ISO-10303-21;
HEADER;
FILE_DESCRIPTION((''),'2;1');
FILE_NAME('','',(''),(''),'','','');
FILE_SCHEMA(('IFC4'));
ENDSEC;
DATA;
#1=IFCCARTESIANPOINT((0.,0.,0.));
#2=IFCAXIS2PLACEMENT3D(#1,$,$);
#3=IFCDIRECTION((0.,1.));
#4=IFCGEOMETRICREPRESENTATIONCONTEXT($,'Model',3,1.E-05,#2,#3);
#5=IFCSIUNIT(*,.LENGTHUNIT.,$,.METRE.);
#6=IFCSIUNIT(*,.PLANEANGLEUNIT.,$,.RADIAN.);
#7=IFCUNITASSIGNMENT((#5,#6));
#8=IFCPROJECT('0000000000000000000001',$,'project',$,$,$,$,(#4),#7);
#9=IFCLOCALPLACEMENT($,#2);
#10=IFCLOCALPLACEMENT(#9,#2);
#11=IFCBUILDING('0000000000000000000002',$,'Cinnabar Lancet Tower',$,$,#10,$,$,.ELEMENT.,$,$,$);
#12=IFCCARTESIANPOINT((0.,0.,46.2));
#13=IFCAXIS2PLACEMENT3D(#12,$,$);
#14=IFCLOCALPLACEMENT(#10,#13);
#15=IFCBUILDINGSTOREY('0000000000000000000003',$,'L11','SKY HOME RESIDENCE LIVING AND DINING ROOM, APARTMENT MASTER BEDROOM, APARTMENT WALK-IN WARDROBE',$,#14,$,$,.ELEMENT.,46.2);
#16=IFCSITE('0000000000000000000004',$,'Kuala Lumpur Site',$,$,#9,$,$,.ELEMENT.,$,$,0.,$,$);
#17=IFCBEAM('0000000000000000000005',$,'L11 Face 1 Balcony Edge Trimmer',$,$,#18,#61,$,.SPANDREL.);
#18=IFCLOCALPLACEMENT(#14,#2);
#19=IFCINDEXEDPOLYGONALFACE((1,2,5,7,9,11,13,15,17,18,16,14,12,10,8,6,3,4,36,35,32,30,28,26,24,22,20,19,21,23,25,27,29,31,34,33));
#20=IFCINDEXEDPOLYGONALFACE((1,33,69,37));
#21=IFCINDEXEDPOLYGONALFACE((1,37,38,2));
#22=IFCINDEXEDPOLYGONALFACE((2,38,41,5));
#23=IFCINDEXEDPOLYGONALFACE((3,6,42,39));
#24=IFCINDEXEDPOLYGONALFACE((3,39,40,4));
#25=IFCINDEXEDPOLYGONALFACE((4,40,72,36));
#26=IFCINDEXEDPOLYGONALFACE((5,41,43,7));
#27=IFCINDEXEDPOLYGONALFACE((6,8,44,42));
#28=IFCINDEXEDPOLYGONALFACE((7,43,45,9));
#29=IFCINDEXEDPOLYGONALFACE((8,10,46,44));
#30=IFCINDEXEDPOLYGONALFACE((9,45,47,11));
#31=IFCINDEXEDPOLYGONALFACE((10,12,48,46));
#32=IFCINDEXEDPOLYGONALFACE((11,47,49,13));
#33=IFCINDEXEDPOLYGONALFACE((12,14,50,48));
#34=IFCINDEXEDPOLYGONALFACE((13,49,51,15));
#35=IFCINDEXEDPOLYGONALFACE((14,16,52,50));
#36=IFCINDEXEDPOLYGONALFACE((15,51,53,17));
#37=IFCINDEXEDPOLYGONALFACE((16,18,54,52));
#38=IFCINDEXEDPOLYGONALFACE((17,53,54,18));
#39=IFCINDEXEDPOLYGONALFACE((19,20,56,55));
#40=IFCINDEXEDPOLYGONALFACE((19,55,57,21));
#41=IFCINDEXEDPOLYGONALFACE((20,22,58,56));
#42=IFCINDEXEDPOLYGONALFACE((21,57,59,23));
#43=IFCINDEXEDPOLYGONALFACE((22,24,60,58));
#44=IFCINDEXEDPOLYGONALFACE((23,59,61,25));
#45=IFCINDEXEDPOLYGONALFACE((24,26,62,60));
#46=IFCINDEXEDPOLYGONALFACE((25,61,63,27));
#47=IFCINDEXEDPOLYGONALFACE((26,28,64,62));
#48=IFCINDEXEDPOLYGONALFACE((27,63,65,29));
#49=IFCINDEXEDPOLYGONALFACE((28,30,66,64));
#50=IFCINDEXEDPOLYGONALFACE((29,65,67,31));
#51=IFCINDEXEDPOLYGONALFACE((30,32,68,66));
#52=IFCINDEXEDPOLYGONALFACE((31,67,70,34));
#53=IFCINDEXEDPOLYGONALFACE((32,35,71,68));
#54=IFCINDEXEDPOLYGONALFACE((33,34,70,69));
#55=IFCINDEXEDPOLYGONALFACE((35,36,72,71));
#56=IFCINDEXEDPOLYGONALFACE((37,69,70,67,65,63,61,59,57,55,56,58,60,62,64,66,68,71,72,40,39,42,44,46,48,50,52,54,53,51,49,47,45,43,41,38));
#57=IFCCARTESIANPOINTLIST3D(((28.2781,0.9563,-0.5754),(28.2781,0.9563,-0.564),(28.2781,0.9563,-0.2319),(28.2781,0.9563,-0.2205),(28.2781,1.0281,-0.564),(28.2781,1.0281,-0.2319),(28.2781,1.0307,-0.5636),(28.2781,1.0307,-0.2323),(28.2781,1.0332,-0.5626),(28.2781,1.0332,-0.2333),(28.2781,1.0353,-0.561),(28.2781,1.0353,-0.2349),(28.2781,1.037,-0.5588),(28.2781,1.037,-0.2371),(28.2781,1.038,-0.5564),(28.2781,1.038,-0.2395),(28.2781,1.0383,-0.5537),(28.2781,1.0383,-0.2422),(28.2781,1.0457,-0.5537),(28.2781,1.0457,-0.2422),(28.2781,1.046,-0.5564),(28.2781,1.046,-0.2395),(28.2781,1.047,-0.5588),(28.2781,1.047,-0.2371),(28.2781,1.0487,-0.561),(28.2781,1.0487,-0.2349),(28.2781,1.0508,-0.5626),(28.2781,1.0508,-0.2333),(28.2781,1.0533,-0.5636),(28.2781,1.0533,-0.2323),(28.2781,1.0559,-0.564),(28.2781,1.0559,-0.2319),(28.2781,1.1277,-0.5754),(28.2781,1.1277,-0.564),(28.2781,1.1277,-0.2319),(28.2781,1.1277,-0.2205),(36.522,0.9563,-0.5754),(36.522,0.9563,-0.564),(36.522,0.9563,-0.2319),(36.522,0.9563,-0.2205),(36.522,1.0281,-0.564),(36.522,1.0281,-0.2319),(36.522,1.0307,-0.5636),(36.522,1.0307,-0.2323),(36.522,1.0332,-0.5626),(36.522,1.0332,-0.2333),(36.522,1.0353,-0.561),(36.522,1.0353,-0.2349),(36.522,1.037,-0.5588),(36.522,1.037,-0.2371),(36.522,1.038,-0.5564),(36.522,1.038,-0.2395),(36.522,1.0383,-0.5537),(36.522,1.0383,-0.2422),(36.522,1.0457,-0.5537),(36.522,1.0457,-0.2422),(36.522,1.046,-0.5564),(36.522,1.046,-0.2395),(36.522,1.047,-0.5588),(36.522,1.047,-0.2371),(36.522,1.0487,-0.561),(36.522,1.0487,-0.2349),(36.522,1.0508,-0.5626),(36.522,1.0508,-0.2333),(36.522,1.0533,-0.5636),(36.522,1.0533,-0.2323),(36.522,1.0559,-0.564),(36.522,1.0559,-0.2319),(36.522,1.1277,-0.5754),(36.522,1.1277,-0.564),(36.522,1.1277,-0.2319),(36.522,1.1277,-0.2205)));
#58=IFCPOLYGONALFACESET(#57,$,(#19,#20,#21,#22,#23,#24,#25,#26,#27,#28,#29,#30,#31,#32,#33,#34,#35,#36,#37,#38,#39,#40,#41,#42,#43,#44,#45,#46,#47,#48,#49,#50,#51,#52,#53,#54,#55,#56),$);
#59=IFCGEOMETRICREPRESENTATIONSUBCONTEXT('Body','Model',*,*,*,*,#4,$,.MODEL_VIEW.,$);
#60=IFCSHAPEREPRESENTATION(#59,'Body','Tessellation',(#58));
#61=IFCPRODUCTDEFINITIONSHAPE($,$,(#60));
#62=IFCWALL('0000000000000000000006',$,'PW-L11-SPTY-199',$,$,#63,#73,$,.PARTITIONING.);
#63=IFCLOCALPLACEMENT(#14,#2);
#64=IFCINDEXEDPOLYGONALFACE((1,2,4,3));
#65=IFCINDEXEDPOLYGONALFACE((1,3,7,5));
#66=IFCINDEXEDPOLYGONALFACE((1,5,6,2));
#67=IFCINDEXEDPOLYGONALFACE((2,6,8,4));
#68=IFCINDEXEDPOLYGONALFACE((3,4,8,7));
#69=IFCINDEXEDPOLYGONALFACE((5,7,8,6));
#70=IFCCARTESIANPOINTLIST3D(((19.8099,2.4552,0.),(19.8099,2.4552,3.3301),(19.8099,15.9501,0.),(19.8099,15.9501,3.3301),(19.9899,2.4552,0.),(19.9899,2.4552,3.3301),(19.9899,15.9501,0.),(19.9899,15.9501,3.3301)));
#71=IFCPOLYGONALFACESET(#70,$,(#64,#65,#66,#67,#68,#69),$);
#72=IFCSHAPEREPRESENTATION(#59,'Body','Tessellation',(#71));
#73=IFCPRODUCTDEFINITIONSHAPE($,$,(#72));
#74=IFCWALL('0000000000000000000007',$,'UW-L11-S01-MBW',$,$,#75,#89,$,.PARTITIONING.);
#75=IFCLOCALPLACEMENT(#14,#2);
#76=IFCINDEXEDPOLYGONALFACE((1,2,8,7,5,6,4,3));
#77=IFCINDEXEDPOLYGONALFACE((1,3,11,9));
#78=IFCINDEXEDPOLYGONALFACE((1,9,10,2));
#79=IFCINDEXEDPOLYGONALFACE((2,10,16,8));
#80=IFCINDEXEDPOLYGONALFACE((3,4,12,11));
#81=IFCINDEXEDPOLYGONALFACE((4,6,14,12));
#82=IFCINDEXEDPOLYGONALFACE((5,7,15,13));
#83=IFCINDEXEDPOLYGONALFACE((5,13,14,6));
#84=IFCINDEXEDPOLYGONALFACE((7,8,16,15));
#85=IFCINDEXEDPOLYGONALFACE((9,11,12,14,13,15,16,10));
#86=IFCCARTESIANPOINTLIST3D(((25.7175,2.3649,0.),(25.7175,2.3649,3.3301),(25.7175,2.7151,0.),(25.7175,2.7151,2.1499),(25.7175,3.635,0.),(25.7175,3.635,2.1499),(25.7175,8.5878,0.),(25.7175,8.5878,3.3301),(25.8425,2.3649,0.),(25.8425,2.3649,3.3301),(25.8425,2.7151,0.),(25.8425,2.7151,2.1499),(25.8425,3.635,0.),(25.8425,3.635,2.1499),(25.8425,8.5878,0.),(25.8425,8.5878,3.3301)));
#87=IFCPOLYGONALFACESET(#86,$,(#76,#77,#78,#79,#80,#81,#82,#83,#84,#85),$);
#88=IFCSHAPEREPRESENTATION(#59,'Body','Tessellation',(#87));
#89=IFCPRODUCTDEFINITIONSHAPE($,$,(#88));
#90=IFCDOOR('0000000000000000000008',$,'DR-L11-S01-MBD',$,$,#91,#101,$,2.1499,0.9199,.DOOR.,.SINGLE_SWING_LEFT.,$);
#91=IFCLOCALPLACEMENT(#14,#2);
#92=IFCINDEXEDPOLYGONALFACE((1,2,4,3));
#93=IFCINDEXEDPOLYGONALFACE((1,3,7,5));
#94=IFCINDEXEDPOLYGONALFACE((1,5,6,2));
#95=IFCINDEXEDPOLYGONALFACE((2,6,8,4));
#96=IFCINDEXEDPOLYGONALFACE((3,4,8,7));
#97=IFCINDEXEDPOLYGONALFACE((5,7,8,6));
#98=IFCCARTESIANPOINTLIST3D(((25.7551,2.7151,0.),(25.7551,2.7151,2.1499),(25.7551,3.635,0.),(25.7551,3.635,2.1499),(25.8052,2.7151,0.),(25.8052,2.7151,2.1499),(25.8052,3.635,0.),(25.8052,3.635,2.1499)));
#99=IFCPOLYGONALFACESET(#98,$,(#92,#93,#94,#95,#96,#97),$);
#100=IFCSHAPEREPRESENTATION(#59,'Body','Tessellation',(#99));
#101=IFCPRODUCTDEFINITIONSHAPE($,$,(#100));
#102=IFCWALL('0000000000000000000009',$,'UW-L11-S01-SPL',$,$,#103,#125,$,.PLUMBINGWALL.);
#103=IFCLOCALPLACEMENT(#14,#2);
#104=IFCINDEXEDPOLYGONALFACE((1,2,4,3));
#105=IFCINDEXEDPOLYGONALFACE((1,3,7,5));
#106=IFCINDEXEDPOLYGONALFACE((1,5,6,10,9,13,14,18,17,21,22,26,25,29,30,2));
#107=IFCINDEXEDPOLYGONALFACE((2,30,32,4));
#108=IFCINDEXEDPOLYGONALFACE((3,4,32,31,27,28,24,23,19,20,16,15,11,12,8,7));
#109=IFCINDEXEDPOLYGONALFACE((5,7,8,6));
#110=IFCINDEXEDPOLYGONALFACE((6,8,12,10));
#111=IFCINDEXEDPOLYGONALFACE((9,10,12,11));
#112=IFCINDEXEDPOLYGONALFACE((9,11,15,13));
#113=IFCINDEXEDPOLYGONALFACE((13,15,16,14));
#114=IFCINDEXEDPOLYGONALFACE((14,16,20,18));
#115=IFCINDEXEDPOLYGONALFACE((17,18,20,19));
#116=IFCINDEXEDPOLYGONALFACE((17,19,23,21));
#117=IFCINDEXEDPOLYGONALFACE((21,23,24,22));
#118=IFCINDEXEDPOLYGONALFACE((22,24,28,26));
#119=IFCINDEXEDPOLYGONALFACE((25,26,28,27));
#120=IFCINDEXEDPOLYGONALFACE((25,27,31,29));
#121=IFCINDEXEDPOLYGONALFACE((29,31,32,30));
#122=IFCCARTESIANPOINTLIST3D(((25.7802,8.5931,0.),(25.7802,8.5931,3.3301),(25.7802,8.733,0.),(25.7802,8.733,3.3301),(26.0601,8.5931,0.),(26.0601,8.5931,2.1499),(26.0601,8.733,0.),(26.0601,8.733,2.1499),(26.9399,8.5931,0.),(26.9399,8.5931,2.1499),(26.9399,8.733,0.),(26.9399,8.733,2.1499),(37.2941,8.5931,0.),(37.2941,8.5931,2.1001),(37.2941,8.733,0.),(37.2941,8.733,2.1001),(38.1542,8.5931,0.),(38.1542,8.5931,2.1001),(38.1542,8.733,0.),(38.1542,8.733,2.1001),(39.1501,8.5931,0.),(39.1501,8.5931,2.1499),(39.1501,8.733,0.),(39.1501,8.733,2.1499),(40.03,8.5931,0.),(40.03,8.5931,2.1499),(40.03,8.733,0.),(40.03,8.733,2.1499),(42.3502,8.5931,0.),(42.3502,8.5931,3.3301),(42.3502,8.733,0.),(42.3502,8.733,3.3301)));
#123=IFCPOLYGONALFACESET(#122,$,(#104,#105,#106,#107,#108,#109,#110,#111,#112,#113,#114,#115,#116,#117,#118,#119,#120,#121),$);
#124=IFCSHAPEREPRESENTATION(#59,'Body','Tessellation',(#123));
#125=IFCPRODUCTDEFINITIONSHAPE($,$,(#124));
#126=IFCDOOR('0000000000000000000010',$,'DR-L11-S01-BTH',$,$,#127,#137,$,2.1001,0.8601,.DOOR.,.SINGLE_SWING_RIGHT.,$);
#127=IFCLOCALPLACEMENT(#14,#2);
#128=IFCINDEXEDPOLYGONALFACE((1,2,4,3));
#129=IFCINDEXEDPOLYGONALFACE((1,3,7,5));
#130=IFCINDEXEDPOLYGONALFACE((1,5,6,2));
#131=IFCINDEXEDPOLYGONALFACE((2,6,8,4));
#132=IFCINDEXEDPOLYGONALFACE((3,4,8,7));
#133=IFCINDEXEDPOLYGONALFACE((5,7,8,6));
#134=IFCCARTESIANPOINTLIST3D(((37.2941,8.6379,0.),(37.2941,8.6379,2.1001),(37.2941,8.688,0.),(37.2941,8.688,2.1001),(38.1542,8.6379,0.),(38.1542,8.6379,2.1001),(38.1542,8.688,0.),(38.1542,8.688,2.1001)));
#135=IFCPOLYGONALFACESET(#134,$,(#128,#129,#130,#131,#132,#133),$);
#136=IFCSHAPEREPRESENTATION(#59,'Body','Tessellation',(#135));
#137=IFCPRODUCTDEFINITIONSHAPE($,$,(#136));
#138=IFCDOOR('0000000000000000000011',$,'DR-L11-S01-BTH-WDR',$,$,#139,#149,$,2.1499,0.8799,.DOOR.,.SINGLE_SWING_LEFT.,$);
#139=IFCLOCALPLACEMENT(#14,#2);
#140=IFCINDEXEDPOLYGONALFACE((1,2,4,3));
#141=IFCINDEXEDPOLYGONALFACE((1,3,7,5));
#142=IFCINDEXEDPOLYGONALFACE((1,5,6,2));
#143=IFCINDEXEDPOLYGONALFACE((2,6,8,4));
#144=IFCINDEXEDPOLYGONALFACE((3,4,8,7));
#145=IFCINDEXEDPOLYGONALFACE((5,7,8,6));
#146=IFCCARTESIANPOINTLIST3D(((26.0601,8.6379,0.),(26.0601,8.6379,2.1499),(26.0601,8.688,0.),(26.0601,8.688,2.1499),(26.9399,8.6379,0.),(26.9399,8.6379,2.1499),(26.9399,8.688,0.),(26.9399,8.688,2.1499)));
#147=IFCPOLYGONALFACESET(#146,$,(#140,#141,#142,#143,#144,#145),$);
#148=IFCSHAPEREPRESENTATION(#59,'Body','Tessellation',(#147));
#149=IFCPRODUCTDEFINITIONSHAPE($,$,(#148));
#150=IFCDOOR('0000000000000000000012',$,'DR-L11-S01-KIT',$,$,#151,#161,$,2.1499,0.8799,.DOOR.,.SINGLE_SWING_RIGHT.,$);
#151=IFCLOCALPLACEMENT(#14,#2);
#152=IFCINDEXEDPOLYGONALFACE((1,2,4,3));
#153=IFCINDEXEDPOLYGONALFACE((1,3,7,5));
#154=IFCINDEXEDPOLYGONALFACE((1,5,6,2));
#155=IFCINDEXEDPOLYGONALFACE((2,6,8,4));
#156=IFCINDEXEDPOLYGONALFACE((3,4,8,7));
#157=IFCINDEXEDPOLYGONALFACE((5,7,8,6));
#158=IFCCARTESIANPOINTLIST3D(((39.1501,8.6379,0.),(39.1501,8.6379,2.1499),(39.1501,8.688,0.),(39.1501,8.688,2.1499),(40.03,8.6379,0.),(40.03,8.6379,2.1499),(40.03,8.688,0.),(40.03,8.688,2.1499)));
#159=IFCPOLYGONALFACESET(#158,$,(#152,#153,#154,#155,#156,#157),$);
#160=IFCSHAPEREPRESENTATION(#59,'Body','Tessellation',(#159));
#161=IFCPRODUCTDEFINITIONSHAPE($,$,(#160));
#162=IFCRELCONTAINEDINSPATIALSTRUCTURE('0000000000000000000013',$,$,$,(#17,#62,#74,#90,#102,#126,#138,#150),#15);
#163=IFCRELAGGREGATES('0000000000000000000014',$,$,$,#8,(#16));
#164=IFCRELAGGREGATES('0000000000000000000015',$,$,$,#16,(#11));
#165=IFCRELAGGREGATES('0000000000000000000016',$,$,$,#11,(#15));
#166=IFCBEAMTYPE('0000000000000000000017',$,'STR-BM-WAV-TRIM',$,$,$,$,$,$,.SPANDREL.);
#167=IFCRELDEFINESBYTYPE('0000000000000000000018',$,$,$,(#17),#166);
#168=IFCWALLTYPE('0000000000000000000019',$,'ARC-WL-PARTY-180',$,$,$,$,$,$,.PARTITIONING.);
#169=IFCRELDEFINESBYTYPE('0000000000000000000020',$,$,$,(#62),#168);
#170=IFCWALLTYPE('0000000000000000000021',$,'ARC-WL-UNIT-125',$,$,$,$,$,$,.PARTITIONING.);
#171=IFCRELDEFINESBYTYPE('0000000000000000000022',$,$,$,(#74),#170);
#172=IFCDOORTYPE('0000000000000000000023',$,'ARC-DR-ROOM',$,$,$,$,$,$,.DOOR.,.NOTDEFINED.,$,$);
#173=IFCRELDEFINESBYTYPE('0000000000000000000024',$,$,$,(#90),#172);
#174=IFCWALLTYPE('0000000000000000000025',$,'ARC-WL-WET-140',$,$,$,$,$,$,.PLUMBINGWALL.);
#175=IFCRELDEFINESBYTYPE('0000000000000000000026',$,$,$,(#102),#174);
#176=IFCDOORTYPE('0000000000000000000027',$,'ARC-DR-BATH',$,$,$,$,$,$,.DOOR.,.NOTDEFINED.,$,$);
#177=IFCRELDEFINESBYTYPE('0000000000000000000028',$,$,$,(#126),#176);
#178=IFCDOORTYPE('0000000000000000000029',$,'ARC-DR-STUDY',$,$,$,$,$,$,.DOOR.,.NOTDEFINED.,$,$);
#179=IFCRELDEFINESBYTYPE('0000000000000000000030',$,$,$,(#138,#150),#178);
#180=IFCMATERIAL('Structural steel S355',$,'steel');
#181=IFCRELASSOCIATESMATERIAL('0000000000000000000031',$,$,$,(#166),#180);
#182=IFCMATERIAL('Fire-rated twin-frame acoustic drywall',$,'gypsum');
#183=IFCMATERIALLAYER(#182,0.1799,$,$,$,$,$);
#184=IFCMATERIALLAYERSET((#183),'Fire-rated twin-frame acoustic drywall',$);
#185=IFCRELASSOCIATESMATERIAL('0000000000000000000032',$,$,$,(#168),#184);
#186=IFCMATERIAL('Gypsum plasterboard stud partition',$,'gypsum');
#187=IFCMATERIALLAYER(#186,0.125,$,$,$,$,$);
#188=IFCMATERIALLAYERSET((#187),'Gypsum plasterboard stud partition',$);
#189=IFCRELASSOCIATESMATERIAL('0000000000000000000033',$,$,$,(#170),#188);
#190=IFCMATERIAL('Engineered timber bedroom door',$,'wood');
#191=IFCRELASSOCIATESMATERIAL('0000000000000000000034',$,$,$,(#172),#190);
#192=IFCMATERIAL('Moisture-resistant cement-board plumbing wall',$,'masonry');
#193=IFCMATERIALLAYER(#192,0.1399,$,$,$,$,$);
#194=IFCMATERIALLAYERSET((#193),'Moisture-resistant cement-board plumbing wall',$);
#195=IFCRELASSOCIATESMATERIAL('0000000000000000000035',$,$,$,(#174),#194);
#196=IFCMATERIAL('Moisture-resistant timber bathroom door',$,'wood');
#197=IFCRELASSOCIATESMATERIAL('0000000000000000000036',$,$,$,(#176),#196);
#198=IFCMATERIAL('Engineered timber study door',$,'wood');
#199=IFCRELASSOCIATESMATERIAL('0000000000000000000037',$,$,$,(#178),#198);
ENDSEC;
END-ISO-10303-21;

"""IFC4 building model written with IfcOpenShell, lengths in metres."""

from ifc_helpers import new_model, si_unit, direction, frame, frame_2d, origin, origin_2d, place, context, subcontext, project, spatial, rectangle, i_section, extrude, material, layer, layer_set, material_profile, profile_set, type_object, element, fill, save


model = new_model("IFC4")

# Units and contexts
model_context = context("Model", 3, precision=1e-05, world=origin(), true_north=direction((0.0, 1.0)))
body_context = subcontext(model_context, "Body", "Model", "MODEL_VIEW")
ifc_project = project(units=[si_unit("LENGTHUNIT", "METRE"), si_unit("PLANEANGLEUNIT", "RADIAN")], contexts=[model_context])

# Site, building, storey
site_placement = place(None, origin())
site = spatial("IfcSite", under=ifc_project, at=site_placement, Name="Kuala Lumpur Site", CompositionType="ELEMENT", RefElevation=0.0)
building_placement = place(site_placement, origin())
building = spatial("IfcBuilding", under=site, at=building_placement, Name="Cinnabar Lancet Tower", CompositionType="ELEMENT")
storey_placement = place(building_placement, frame((0.0, 0.0, 46.2)))
storey = spatial("IfcBuildingStorey", under=building, at=storey_placement, Name="L11", Description="SKY HOME RESIDENCE LIVING AND DINING ROOM, APARTMENT MASTER BEDROOM, APARTMENT WALK-IN WARDROBE", CompositionType="ELEMENT", Elevation=46.2)

# Beam
ifc_material_1 = material(Name="Structural steel S355", Category="steel")
ifc_material_profile_1 = material_profile(ifc_material_1, i_section(OverallWidth=0.1714, OverallDepth=0.355, WebThickness=0.0073, FlangeThickness=0.0115, FilletRadius=0.0103, at=origin_2d()), Name="UKB 356x171x51")
ifc_profile_set_1 = profile_set([ifc_material_profile_1], Name="Structural steel S355")
beam_type_1 = type_object("IfcBeamType", Name="STR-BM-WAV-TRIM", PredefinedType="SPANDREL", material=ifc_profile_set_1)
beam_1_placement = place(storey_placement, frame((28.2781, 1.042, -0.3979), z_axis=(1.0, 0.0, 0.0), x_axis=(0.0, 1.0, 0.0)))
element("IfcBeam", 1, at=beam_1_placement, inside=storey, type_object=beam_type_1, Name="L11 Face 1 Balcony Edge Trimmer", PredefinedType="SPANDREL", context=body_context, shape_type="SweptSolid", body=[
    extrude(i_section(OverallWidth=0.1714, OverallDepth=0.355, WebThickness=0.0073, FlangeThickness=0.0115, FilletRadius=0.0103, at=origin_2d()), origin(), (0.0, 0.0, 1.0), 8.2439),
])

# Wall
ifc_material_2 = material(Name="Fire-rated twin-frame acoustic drywall", Category="gypsum")
ifc_layer_1 = layer(ifc_material_2, 0.1799)
ifc_layer_set_1 = layer_set([ifc_layer_1], Name="Fire-rated twin-frame acoustic drywall")
wall_type_1 = type_object("IfcWallType", Name="ARC-WL-PARTY-180", PredefinedType="PARTITIONING", material=ifc_layer_set_1)
wall_1_placement = place(storey_placement, frame((19.8999, 2.4551, 0.0), z_axis=(0.0, 0.0, 1.0), x_axis=(0.0, 1.0, 0.0)))
element("IfcWall", 2, at=wall_1_placement, inside=storey, type_object=wall_type_1, Name="PW-L11-SPTY-199", PredefinedType="PARTITIONING", context=body_context, shape_type="SweptSolid", body=[
    extrude(rectangle(XDim=13.4949, YDim=0.1799, at=frame_2d((6.7476, 0.0))), origin(), (0.0, 0.0, 1.0), 3.3301),
])

# Wall, opening, door
ifc_material_3 = material(Name="Gypsum plasterboard stud partition", Category="gypsum")
ifc_layer_2 = layer(ifc_material_3, 0.125)
ifc_layer_set_2 = layer_set([ifc_layer_2], Name="Gypsum plasterboard stud partition")
wall_type_2 = type_object("IfcWallType", Name="ARC-WL-UNIT-125", PredefinedType="PARTITIONING", material=ifc_layer_set_2)
wall_2_placement = place(storey_placement, frame((25.78, 2.365, 0.0), z_axis=(0.0, 0.0, 1.0), x_axis=(0.0, 1.0, 0.0)))
wall_2 = element("IfcWall", 3, at=wall_2_placement, inside=storey, type_object=wall_type_2, Name="UW-L11-S01-MBW", PredefinedType="PARTITIONING", context=body_context, shape_type="SweptSolid", body=[
    extrude(rectangle(XDim=6.2229, YDim=0.125, at=frame_2d((3.1113, 0.0))), origin(), (0.0, 0.0, 1.0), 3.3301),
])
opening_1_placement = place(wall_2_placement, frame((0.3501, 0.0, 0.0)))
opening_1 = element("IfcOpeningElement", 4, at=opening_1_placement, cuts=wall_2, PredefinedType="OPENING", context=body_context, shape_type="SweptSolid", body=[
    extrude(rectangle(XDim=0.9199, YDim=2.1499, at=frame_2d((0.46, 1.075))), frame((0.0, 0.0725, 0.0), z_axis=(0.0, -1.0, 0.0), x_axis=(1.0, 0.0, 0.0)), (0.0, 0.0, 1.0), 0.145),
])
ifc_material_4 = material(Name="Engineered timber bedroom door", Category="wood")
door_type_1 = type_object("IfcDoorType", Name="ARC-DR-ROOM", OperationType="NOTDEFINED", PredefinedType="DOOR", material=ifc_material_4)
door_1_placement = place(opening_1_placement, origin())
door_1 = element("IfcDoor", 5, at=door_1_placement, inside=storey, type_object=door_type_1, Name="DR-L11-S01-MBD", OperationType="SINGLE_SWING_LEFT", OverallHeight=2.1499, OverallWidth=0.9199, PredefinedType="DOOR", context=body_context, shape_type="SweptSolid", body=[
    extrude(rectangle(XDim=0.9199, YDim=2.1499, at=frame_2d((0.46, 1.075))), frame((0.0, 0.0249, 0.0), z_axis=(0.0, -1.0, 0.0), x_axis=(1.0, 0.0, 0.0)), (0.0, 0.0, 1.0), 0.05),
])
fill(opening_1, door_1)

# Wall, openings, doors
ifc_material_5 = material(Name="Moisture-resistant cement-board plumbing wall", Category="masonry")
ifc_layer_3 = layer(ifc_material_5, 0.1399)
ifc_layer_set_3 = layer_set([ifc_layer_3], Name="Moisture-resistant cement-board plumbing wall")
wall_type_3 = type_object("IfcWallType", Name="ARC-WL-WET-140", PredefinedType="PLUMBINGWALL", material=ifc_layer_set_3)
wall_3_placement = place(storey_placement, frame((25.78, 8.6631, 0.0), z_axis=(0.0, 0.0, 1.0), x_axis=(1.0, 0.0, 0.0)))
wall_3 = element("IfcWall", 6, at=wall_3_placement, inside=storey, type_object=wall_type_3, Name="UW-L11-S01-SPL", PredefinedType="PLUMBINGWALL", context=body_context, shape_type="SweptSolid", body=[
    extrude(rectangle(XDim=16.5701, YDim=0.1399, at=frame_2d((8.2852, 0.0))), origin(), (0.0, 0.0, 1.0), 3.3301),
])
opening_2_placement = place(wall_3_placement, frame((0.28, 0.0, 0.0)))
opening_2 = element("IfcOpeningElement", 7, at=opening_2_placement, cuts=wall_3, PredefinedType="OPENING", context=body_context, shape_type="SweptSolid", body=[
    extrude(rectangle(XDim=0.8799, YDim=2.1499, at=frame_2d((0.4399, 1.075))), frame((0.0, 0.0798, 0.0), z_axis=(0.0, -1.0, 0.0), x_axis=(1.0, 0.0, 0.0)), (0.0, 0.0, 1.0), 0.1599),
])
opening_3_placement = place(wall_3_placement, frame((11.5139, 0.0, 0.0)))
opening_3 = element("IfcOpeningElement", 8, at=opening_3_placement, cuts=wall_3, PredefinedType="OPENING", context=body_context, shape_type="SweptSolid", body=[
    extrude(rectangle(XDim=0.8601, YDim=2.1001, at=frame_2d((0.4302, 1.05))), frame((0.0, 0.0798, 0.0), z_axis=(0.0, -1.0, 0.0), x_axis=(1.0, 0.0, 0.0)), (0.0, 0.0, 1.0), 0.1599),
])
opening_4_placement = place(wall_3_placement, frame((13.3701, 0.0, 0.0)))
opening_4 = element("IfcOpeningElement", 9, at=opening_4_placement, cuts=wall_3, PredefinedType="OPENING", context=body_context, shape_type="SweptSolid", body=[
    extrude(rectangle(XDim=0.8799, YDim=2.1499, at=frame_2d((0.4399, 1.075))), frame((0.0, 0.0798, 0.0), z_axis=(0.0, -1.0, 0.0), x_axis=(1.0, 0.0, 0.0)), (0.0, 0.0, 1.0), 0.1599),
])
ifc_material_6 = material(Name="Moisture-resistant timber bathroom door", Category="wood")
door_type_2 = type_object("IfcDoorType", Name="ARC-DR-BATH", OperationType="NOTDEFINED", PredefinedType="DOOR", material=ifc_material_6)
door_2_placement = place(opening_3_placement, origin())
door_2 = element("IfcDoor", 10, at=door_2_placement, inside=storey, type_object=door_type_2, Name="DR-L11-S01-BTH", OperationType="SINGLE_SWING_RIGHT", OverallHeight=2.1001, OverallWidth=0.8601, PredefinedType="DOOR", context=body_context, shape_type="SweptSolid", body=[
    extrude(rectangle(XDim=0.8601, YDim=2.1001, at=frame_2d((0.4302, 1.05))), frame((0.0, 0.0249, 0.0), z_axis=(0.0, -1.0, 0.0), x_axis=(1.0, 0.0, 0.0)), (0.0, 0.0, 1.0), 0.05),
])
fill(opening_3, door_2)
ifc_material_7 = material(Name="Engineered timber study door", Category="wood")
door_type_3 = type_object("IfcDoorType", Name="ARC-DR-STUDY", OperationType="NOTDEFINED", PredefinedType="DOOR", material=ifc_material_7)
door_3_placement = place(opening_2_placement, origin())
door_3 = element("IfcDoor", 11, at=door_3_placement, inside=storey, type_object=door_type_3, Name="DR-L11-S01-BTH-WDR", OperationType="SINGLE_SWING_LEFT", OverallHeight=2.1499, OverallWidth=0.8799, PredefinedType="DOOR", context=body_context, shape_type="SweptSolid", body=[
    extrude(rectangle(XDim=0.8799, YDim=2.1499, at=frame_2d((0.4399, 1.075))), frame((0.0, 0.0249, 0.0), z_axis=(0.0, -1.0, 0.0), x_axis=(1.0, 0.0, 0.0)), (0.0, 0.0, 1.0), 0.05),
])
fill(opening_2, door_3)
door_4_placement = place(opening_4_placement, origin())
door_4 = element("IfcDoor", 12, at=door_4_placement, inside=storey, type_object=door_type_3, Name="DR-L11-S01-KIT", OperationType="SINGLE_SWING_RIGHT", OverallHeight=2.1499, OverallWidth=0.8799, PredefinedType="DOOR", context=body_context, shape_type="SweptSolid", body=[
    extrude(rectangle(XDim=0.8799, YDim=2.1499, at=frame_2d((0.4399, 1.075))), frame((0.0, 0.0249, 0.0), z_axis=(0.0, -1.0, 0.0), x_axis=(1.0, 0.0, 0.0)), (0.0, 0.0, 1.0), 0.05),
])
fill(opening_4, door_4)

save(model, "model.ifc")
